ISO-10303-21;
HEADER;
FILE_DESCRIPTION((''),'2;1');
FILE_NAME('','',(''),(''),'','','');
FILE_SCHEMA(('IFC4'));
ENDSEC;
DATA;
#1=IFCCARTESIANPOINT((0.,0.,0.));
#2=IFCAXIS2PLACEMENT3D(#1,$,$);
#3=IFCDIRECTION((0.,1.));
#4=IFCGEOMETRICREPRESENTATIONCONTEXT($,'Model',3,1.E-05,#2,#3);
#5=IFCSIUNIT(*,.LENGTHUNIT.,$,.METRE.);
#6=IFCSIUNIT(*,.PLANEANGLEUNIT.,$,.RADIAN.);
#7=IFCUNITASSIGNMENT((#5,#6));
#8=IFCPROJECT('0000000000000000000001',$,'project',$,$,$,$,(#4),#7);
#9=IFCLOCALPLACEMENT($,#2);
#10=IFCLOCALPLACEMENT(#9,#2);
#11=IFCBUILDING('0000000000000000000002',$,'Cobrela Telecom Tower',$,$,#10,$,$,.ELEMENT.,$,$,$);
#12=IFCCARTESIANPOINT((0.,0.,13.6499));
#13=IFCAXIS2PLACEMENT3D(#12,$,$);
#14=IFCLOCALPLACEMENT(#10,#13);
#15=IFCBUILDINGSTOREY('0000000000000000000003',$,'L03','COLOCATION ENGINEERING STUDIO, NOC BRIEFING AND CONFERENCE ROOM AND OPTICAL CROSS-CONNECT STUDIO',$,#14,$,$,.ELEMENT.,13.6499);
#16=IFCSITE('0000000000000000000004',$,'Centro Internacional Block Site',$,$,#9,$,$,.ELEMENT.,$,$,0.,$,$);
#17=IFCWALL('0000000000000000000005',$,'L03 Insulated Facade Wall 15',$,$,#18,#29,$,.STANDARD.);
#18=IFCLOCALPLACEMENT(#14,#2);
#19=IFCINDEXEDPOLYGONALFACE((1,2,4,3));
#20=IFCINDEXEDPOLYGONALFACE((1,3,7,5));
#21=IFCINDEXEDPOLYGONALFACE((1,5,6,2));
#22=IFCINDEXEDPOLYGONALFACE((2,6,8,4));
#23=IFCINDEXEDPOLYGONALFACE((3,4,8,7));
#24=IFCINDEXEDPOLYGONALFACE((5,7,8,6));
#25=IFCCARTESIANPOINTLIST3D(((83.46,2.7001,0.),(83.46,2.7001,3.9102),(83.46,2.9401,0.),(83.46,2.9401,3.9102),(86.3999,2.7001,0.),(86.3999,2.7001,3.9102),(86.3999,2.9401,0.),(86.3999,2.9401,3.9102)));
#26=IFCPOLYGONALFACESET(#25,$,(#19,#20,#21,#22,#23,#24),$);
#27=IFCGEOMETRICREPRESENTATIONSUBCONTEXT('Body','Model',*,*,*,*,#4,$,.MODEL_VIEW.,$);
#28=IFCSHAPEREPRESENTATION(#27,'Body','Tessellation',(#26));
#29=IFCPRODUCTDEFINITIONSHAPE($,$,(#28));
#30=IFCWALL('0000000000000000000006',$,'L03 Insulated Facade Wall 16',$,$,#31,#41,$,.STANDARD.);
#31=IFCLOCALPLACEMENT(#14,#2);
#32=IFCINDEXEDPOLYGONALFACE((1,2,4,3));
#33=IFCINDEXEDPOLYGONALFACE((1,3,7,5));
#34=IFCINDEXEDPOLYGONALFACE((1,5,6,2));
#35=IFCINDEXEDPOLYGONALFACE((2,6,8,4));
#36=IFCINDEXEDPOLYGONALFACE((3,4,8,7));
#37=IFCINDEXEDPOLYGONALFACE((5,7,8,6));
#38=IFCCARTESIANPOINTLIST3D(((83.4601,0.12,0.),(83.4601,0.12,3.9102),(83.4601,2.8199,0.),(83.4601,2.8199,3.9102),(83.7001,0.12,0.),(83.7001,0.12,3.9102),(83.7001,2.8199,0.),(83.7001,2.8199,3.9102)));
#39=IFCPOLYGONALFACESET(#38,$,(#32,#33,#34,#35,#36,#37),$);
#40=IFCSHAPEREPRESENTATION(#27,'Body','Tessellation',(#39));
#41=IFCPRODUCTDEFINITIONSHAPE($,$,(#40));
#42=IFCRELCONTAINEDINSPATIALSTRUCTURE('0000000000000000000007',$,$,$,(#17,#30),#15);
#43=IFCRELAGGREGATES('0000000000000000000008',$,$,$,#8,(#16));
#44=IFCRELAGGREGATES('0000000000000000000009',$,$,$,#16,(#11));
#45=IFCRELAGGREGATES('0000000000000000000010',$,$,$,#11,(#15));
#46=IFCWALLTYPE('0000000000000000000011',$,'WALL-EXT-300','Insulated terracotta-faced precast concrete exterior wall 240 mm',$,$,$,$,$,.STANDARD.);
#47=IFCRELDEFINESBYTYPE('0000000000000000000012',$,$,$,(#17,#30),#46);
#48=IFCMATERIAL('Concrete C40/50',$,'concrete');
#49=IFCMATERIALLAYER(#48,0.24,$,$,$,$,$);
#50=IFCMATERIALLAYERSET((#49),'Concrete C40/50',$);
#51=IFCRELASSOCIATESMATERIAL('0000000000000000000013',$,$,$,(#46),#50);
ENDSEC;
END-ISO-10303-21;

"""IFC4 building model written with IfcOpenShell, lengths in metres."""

from ifc_helpers import new_model, si_unit, direction, frame, frame_2d, origin, place, context, subcontext, project, spatial, rectangle, extrude, material, layer, layer_set, type_object, element, save


model = new_model("IFC4")

# Units and contexts
model_context = context("Model", 3, precision=1e-05, world=origin(), true_north=direction((0.0, 1.0)))
body_context = subcontext(model_context, "Body", "Model", "MODEL_VIEW")
ifc_project = project(units=[si_unit("LENGTHUNIT", "METRE"), si_unit("PLANEANGLEUNIT", "RADIAN")], contexts=[model_context])

# Site, building, storey
site_placement = place(None, origin())
site = spatial("IfcSite", under=ifc_project, at=site_placement, Name="Centro Internacional Block Site", CompositionType="ELEMENT", RefElevation=0.0)
building_placement = place(site_placement, origin())
building = spatial("IfcBuilding", under=site, at=building_placement, Name="Cobrela Telecom Tower", CompositionType="ELEMENT")
storey_placement = place(building_placement, frame((0.0, 0.0, 13.6499)))
storey = spatial("IfcBuildingStorey", under=building, at=storey_placement, Name="L03", Description="COLOCATION ENGINEERING STUDIO, NOC BRIEFING AND CONFERENCE ROOM AND OPTICAL CROSS-CONNECT STUDIO", CompositionType="ELEMENT", Elevation=13.6499)

# Shared definitions
ifc_material_1 = material(Name="Concrete C40/50", Category="concrete")

# Walls
ifc_layer_1 = layer(ifc_material_1, 0.24)
ifc_layer_set_1 = layer_set([ifc_layer_1], Name="Concrete C40/50")
wall_type = type_object("IfcWallType", Name="WALL-EXT-300", Description="Insulated terracotta-faced precast concrete exterior wall 240 mm", PredefinedType="STANDARD", material=ifc_layer_set_1)
wall_1_placement = place(storey_placement, frame((86.3999, 2.8201, 0.0), z_axis=(0.0, 0.0, 1.0), x_axis=(-1.0, 0.0, 0.0)))
element("IfcWall", 1, at=wall_1_placement, inside=storey, type_object=wall_type, Name="L03 Insulated Facade Wall 15", PredefinedType="STANDARD", context=body_context, shape_type="SweptSolid", body=[
    extrude(rectangle(XDim=2.9399, YDim=0.24, at=frame_2d((1.47, 0.0))), origin(), (0.0, 0.0, 1.0), 3.9102),
])
wall_2_placement = place(storey_placement, frame((83.5801, 2.8201, 0.0), z_axis=(0.0, 0.0, 1.0), x_axis=(0.0, -1.0, 0.0)))
element("IfcWall", 2, at=wall_2_placement, inside=storey, type_object=wall_type, Name="L03 Insulated Facade Wall 16", PredefinedType="STANDARD", context=body_context, shape_type="SweptSolid", body=[
    extrude(rectangle(XDim=2.7, YDim=0.24, at=frame_2d((1.3501, 0.0))), origin(), (0.0, 0.0, 1.0), 3.9102),
])

save(model, "model.ifc")
